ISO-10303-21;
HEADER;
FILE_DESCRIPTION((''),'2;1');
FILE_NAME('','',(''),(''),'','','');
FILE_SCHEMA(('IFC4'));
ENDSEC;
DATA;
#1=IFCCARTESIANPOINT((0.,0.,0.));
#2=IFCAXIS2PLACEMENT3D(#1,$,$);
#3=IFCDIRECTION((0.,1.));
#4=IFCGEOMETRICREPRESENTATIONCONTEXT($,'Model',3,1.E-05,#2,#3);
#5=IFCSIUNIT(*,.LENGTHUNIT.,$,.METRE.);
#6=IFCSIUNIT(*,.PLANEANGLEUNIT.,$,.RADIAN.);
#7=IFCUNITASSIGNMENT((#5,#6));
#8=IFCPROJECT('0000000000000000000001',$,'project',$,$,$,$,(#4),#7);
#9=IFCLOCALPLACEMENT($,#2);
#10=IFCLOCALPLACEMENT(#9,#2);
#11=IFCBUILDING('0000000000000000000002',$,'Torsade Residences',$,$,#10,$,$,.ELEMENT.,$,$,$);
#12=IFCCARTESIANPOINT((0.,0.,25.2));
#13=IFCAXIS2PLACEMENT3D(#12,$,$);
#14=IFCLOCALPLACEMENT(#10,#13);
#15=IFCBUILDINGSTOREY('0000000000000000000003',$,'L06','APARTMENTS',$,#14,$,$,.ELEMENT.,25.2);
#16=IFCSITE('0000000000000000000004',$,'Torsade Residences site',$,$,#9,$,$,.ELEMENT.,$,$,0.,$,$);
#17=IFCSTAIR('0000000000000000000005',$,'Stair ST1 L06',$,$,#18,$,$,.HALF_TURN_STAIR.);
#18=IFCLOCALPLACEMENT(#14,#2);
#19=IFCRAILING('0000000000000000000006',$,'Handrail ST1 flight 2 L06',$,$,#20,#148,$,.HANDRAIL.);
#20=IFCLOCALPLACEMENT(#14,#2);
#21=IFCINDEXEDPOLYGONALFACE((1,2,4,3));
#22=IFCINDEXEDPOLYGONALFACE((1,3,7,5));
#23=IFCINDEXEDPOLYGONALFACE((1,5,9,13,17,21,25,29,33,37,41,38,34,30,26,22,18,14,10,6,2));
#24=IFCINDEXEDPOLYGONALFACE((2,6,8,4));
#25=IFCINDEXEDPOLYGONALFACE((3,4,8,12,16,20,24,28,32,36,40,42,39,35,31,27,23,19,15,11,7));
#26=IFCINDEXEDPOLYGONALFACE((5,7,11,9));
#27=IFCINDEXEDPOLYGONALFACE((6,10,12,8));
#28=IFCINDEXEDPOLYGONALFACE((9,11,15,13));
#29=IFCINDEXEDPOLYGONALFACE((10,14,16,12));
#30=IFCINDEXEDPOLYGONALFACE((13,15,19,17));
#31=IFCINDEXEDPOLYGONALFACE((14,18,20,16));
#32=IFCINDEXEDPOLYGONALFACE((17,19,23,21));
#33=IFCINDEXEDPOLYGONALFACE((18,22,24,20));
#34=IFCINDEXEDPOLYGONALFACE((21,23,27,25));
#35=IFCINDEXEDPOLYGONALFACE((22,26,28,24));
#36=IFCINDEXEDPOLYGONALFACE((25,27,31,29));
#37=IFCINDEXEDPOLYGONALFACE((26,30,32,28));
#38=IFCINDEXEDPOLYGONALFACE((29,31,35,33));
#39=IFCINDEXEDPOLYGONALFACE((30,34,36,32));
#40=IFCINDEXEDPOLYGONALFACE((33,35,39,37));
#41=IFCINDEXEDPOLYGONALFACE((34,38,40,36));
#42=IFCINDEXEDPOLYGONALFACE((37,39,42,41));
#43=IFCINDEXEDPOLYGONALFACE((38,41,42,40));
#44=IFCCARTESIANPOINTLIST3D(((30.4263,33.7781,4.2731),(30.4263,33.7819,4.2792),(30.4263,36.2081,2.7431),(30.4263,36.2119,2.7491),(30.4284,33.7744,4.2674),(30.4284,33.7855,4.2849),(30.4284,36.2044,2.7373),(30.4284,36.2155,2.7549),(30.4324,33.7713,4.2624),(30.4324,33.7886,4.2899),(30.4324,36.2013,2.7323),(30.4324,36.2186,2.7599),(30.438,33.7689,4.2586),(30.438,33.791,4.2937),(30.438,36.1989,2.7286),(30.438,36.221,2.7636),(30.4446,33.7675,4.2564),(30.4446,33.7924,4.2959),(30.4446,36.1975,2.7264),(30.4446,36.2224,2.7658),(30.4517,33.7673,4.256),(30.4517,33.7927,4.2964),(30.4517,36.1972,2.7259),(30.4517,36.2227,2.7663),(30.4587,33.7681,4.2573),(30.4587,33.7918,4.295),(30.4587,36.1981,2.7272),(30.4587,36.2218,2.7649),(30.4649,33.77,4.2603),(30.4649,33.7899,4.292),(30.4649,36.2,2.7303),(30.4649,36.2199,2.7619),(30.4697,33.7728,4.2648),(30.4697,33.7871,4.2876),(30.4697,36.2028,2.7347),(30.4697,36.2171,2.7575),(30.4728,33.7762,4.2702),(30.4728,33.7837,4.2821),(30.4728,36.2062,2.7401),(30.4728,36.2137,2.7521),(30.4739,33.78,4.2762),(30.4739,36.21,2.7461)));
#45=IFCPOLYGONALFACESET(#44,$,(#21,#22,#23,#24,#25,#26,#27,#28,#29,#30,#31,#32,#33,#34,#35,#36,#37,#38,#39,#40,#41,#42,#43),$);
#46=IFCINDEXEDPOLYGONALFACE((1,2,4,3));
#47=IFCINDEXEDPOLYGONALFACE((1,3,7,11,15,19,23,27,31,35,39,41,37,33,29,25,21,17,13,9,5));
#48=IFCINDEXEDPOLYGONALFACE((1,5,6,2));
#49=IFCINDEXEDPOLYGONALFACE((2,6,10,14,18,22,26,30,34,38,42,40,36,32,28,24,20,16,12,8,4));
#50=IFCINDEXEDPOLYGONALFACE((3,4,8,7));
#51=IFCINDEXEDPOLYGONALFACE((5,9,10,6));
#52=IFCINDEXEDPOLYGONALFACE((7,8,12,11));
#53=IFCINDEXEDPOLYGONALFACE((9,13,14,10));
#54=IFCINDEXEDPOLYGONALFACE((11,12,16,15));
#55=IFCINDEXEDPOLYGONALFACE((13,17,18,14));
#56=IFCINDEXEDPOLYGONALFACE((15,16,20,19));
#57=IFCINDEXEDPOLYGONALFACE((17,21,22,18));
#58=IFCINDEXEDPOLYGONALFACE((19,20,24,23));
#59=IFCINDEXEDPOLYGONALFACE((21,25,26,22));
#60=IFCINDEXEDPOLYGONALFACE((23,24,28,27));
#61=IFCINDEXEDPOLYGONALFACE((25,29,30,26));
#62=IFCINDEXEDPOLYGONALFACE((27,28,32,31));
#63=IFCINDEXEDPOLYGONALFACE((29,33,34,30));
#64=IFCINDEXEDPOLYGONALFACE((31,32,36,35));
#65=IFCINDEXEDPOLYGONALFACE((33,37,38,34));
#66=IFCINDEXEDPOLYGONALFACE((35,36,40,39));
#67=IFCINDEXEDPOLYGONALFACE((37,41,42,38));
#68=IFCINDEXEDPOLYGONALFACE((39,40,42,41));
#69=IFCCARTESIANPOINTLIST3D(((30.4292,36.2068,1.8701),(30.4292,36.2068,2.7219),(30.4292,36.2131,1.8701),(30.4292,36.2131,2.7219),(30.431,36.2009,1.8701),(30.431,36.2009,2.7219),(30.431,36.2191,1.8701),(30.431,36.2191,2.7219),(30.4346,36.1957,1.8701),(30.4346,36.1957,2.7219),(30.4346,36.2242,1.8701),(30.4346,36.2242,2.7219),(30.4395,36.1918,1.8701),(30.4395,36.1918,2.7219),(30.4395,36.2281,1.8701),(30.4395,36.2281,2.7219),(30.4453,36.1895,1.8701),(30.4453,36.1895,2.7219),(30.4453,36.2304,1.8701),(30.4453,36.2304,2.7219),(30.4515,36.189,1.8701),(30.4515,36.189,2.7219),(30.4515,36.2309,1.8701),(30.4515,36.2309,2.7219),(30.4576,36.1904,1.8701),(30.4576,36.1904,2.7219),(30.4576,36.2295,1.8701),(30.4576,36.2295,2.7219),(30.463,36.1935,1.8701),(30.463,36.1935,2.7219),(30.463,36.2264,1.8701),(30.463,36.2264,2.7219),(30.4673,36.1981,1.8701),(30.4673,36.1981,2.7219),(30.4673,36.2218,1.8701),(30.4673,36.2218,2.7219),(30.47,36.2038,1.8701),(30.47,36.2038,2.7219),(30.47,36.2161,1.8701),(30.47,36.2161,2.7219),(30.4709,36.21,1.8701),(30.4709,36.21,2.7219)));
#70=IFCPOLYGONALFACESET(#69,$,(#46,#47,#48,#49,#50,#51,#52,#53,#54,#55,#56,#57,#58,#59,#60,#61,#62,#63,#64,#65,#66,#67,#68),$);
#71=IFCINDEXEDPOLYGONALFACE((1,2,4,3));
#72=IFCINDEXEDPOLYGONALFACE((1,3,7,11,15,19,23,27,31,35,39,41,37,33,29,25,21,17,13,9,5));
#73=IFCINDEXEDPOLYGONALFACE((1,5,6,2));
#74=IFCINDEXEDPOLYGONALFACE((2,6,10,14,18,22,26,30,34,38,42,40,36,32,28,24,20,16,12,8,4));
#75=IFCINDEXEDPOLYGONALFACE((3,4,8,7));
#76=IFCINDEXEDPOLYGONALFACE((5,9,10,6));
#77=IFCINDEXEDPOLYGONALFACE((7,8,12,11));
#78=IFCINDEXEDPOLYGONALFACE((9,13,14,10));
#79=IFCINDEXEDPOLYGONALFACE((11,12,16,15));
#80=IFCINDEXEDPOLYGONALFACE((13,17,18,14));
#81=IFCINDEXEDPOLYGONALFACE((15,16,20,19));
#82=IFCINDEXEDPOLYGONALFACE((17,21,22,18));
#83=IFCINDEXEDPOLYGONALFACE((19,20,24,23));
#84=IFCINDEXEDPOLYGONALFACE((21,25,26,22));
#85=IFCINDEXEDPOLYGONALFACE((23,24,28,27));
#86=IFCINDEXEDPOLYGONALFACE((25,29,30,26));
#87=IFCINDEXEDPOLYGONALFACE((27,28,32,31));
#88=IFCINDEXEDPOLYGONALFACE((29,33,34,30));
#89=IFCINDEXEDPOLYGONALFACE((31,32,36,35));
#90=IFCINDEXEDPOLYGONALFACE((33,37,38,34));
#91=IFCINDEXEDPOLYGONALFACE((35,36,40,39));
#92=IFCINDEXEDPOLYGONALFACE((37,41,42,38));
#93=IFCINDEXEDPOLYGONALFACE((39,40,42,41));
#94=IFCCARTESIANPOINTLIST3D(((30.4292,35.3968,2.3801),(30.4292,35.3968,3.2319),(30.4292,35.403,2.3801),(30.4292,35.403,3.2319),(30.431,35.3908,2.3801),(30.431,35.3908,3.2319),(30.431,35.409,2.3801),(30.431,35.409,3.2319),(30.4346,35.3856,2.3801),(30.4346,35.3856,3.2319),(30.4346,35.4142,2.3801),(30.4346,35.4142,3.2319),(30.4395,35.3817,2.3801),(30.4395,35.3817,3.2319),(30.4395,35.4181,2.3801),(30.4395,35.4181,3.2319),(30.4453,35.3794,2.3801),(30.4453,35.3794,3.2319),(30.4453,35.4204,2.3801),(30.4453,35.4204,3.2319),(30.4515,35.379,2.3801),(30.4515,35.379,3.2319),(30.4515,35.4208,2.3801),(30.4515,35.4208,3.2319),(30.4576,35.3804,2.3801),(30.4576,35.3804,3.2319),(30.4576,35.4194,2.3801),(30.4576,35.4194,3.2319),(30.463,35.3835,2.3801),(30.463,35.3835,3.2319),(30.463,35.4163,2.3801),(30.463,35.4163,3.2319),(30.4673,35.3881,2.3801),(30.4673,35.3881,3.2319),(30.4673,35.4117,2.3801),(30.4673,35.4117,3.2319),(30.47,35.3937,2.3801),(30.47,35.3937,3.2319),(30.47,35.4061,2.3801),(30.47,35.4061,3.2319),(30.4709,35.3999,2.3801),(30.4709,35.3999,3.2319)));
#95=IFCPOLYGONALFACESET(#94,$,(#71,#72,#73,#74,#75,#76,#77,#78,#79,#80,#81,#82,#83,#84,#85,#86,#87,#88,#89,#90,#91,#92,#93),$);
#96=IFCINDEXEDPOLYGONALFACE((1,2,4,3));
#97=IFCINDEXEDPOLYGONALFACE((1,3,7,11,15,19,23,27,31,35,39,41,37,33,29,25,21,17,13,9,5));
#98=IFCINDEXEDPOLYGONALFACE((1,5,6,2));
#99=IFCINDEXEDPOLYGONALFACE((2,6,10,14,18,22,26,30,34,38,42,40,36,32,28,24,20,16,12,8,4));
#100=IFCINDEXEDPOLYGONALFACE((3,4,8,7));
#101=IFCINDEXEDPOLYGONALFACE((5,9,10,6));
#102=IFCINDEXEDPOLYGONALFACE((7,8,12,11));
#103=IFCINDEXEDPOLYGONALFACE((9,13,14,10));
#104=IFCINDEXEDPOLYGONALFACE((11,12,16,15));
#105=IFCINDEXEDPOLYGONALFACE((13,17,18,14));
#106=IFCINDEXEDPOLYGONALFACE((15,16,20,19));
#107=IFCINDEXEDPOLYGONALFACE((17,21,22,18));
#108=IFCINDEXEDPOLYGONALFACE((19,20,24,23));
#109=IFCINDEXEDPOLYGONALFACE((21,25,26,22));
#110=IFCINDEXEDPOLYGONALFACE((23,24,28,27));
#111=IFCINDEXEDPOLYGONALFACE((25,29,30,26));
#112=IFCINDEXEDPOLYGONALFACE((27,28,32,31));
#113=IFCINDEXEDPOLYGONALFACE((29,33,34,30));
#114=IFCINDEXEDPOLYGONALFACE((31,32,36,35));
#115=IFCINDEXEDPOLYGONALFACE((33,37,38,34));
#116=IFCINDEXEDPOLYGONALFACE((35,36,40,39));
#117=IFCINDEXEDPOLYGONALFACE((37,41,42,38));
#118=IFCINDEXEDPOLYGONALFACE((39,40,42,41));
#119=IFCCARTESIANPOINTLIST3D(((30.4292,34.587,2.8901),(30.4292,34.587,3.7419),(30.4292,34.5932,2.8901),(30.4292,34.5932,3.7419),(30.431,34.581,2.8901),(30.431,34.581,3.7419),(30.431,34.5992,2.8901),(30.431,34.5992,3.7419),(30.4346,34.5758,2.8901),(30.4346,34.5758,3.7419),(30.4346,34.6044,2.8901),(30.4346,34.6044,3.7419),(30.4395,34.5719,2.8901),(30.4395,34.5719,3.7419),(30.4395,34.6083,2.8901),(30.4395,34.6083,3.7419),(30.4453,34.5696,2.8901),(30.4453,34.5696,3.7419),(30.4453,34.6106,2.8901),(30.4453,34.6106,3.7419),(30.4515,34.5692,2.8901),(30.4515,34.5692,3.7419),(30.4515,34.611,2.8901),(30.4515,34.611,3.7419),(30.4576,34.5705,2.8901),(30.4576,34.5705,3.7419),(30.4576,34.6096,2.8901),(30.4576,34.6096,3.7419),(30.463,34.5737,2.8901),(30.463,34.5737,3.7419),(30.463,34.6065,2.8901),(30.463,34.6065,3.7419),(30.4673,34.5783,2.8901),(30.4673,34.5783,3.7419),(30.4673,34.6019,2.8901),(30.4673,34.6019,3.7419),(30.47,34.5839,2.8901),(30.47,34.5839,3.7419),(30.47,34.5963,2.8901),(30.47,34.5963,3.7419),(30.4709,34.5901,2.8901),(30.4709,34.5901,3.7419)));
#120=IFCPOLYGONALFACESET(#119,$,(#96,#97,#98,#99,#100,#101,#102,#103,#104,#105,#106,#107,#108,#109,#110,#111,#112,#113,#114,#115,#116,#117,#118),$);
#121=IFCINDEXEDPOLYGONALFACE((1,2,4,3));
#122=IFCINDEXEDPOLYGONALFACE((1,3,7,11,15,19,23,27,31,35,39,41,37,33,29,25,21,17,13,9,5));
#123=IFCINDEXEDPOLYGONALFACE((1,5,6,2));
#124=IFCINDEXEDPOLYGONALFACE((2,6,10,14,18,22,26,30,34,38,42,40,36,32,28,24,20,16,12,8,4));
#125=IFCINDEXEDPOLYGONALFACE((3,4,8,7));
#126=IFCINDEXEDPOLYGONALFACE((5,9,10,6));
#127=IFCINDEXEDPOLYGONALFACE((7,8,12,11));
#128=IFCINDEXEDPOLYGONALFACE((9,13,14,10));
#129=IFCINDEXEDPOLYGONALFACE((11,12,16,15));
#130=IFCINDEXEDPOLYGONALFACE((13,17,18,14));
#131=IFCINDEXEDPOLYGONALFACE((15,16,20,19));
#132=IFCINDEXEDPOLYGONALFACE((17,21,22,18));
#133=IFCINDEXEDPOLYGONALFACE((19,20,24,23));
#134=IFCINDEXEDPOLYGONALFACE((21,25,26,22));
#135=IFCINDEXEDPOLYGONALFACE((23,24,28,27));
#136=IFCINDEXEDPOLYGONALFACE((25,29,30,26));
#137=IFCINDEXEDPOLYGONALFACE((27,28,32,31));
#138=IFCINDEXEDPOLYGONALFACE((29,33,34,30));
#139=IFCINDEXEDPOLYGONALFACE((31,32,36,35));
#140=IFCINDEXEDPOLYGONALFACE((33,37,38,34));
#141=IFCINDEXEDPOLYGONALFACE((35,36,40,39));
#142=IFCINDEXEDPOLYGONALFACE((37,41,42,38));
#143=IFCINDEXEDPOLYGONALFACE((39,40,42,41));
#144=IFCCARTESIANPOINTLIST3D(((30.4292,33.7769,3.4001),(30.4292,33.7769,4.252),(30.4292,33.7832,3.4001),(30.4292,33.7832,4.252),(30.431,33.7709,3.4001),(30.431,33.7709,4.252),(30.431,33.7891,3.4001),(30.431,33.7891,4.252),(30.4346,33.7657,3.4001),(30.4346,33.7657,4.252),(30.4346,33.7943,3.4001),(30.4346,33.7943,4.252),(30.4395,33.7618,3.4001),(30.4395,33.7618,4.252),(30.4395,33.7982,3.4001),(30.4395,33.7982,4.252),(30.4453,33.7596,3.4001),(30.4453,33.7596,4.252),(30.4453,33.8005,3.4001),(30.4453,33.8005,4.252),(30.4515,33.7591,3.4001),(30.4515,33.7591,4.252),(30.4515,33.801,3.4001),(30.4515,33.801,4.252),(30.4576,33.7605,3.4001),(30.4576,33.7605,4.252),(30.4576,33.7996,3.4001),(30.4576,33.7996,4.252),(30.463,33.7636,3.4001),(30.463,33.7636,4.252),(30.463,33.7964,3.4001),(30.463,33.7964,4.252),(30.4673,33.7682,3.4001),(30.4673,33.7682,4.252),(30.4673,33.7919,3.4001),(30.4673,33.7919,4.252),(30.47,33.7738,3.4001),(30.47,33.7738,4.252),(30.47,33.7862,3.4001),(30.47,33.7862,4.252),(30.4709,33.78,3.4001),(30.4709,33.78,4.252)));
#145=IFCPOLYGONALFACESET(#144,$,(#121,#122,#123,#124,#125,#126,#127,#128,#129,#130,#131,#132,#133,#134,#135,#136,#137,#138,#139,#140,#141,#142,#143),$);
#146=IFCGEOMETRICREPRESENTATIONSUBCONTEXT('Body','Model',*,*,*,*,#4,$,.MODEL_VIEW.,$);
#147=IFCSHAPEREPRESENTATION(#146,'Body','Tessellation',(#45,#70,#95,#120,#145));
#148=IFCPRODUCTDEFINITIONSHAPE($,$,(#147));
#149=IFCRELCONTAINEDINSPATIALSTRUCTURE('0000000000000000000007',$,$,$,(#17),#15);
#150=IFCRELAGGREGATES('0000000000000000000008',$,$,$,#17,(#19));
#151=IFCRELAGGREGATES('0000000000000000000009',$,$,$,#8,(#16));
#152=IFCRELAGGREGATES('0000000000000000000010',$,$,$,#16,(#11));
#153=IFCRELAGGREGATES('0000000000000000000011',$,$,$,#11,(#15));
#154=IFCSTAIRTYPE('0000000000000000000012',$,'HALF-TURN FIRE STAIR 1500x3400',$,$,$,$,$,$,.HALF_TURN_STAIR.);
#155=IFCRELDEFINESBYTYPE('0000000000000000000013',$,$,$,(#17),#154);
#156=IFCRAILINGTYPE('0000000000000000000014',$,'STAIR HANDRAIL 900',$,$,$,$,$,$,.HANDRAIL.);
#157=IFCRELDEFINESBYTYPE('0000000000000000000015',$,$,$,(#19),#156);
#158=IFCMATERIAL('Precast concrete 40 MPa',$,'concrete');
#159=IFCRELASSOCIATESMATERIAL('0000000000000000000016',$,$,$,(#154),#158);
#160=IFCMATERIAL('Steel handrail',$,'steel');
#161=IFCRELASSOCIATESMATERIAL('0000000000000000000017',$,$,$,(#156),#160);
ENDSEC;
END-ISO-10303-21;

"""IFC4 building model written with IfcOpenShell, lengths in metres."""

from ifc_helpers import new_model, si_unit, direction, frame, origin, origin_2d, place, context, subcontext, project, spatial, circle, extrude, material, type_object, element, aggregate, save


model = new_model("IFC4")

# Units and contexts
model_context = context("Model", 3, precision=1e-05, world=origin(), true_north=direction((0.0, 1.0)))
body_context = subcontext(model_context, "Body", "Model", "MODEL_VIEW")
ifc_project = project(units=[si_unit("LENGTHUNIT", "METRE"), si_unit("PLANEANGLEUNIT", "RADIAN")], contexts=[model_context])

# Site, building, storey
site_placement = place(None, origin())
site = spatial("IfcSite", under=ifc_project, at=site_placement, Name="Torsade Residences site", CompositionType="ELEMENT", RefElevation=0.0)
building_placement = place(site_placement, origin())
building = spatial("IfcBuilding", under=site, at=building_placement, Name="Torsade Residences", CompositionType="ELEMENT")
storey_placement = place(building_placement, frame((0.0, 0.0, 25.2)))
storey = spatial("IfcBuildingStorey", under=building, at=storey_placement, Name="L06", Description="APARTMENTS", CompositionType="ELEMENT", Elevation=25.2)

# Stair, railing
ifc_material_1 = material(Name="Precast concrete 40 MPa", Category="concrete")
stair_type = type_object("IfcStairType", Name="HALF-TURN FIRE STAIR 1500x3400", PredefinedType="HALF_TURN_STAIR", material=ifc_material_1)
stair_placement = place(storey_placement, origin())
stair = element("IfcStair", 1, at=stair_placement, inside=storey, type_object=stair_type, Name="Stair ST1 L06", PredefinedType="HALF_TURN_STAIR")
ifc_material_2 = material(Name="Steel handrail", Category="steel")
railing_type = type_object("IfcRailingType", Name="STAIR HANDRAIL 900", PredefinedType="HANDRAIL", material=ifc_material_2)
railing_1_placement = place(storey_placement, frame((30.45, 36.21, 1.8701)))
railing_1 = element("IfcRailing", 2, at=railing_1_placement, type_object=railing_type, Name="Handrail ST1 flight 2 L06", PredefinedType="HANDRAIL", context=body_context, shape_type="SweptSolid", body=[
    extrude(circle(Radius=0.0239, at=origin_2d()), frame((0.0, 0.0, 0.876), z_axis=(0.0, -0.846221, 0.532831), x_axis=(1.0, 0.0, 0.0)), (0.0, 0.0, 1.0), 2.8716),
    extrude(circle(Radius=0.021, at=origin_2d()), origin(), (0.0, 0.0, 1.0), 0.8518),
    extrude(circle(Radius=0.021, at=origin_2d()), frame((0.0, -0.8101, 0.51)), (0.0, 0.0, 1.0), 0.8518),
    extrude(circle(Radius=0.021, at=origin_2d()), frame((0.0, -1.6199, 1.02)), (0.0, 0.0, 1.0), 0.8518),
    extrude(circle(Radius=0.021, at=origin_2d()), frame((0.0, -2.4299, 1.53)), (0.0, 0.0, 1.0), 0.8518),
])
aggregate(stair, [railing_1])

save(model, "model.ifc")
